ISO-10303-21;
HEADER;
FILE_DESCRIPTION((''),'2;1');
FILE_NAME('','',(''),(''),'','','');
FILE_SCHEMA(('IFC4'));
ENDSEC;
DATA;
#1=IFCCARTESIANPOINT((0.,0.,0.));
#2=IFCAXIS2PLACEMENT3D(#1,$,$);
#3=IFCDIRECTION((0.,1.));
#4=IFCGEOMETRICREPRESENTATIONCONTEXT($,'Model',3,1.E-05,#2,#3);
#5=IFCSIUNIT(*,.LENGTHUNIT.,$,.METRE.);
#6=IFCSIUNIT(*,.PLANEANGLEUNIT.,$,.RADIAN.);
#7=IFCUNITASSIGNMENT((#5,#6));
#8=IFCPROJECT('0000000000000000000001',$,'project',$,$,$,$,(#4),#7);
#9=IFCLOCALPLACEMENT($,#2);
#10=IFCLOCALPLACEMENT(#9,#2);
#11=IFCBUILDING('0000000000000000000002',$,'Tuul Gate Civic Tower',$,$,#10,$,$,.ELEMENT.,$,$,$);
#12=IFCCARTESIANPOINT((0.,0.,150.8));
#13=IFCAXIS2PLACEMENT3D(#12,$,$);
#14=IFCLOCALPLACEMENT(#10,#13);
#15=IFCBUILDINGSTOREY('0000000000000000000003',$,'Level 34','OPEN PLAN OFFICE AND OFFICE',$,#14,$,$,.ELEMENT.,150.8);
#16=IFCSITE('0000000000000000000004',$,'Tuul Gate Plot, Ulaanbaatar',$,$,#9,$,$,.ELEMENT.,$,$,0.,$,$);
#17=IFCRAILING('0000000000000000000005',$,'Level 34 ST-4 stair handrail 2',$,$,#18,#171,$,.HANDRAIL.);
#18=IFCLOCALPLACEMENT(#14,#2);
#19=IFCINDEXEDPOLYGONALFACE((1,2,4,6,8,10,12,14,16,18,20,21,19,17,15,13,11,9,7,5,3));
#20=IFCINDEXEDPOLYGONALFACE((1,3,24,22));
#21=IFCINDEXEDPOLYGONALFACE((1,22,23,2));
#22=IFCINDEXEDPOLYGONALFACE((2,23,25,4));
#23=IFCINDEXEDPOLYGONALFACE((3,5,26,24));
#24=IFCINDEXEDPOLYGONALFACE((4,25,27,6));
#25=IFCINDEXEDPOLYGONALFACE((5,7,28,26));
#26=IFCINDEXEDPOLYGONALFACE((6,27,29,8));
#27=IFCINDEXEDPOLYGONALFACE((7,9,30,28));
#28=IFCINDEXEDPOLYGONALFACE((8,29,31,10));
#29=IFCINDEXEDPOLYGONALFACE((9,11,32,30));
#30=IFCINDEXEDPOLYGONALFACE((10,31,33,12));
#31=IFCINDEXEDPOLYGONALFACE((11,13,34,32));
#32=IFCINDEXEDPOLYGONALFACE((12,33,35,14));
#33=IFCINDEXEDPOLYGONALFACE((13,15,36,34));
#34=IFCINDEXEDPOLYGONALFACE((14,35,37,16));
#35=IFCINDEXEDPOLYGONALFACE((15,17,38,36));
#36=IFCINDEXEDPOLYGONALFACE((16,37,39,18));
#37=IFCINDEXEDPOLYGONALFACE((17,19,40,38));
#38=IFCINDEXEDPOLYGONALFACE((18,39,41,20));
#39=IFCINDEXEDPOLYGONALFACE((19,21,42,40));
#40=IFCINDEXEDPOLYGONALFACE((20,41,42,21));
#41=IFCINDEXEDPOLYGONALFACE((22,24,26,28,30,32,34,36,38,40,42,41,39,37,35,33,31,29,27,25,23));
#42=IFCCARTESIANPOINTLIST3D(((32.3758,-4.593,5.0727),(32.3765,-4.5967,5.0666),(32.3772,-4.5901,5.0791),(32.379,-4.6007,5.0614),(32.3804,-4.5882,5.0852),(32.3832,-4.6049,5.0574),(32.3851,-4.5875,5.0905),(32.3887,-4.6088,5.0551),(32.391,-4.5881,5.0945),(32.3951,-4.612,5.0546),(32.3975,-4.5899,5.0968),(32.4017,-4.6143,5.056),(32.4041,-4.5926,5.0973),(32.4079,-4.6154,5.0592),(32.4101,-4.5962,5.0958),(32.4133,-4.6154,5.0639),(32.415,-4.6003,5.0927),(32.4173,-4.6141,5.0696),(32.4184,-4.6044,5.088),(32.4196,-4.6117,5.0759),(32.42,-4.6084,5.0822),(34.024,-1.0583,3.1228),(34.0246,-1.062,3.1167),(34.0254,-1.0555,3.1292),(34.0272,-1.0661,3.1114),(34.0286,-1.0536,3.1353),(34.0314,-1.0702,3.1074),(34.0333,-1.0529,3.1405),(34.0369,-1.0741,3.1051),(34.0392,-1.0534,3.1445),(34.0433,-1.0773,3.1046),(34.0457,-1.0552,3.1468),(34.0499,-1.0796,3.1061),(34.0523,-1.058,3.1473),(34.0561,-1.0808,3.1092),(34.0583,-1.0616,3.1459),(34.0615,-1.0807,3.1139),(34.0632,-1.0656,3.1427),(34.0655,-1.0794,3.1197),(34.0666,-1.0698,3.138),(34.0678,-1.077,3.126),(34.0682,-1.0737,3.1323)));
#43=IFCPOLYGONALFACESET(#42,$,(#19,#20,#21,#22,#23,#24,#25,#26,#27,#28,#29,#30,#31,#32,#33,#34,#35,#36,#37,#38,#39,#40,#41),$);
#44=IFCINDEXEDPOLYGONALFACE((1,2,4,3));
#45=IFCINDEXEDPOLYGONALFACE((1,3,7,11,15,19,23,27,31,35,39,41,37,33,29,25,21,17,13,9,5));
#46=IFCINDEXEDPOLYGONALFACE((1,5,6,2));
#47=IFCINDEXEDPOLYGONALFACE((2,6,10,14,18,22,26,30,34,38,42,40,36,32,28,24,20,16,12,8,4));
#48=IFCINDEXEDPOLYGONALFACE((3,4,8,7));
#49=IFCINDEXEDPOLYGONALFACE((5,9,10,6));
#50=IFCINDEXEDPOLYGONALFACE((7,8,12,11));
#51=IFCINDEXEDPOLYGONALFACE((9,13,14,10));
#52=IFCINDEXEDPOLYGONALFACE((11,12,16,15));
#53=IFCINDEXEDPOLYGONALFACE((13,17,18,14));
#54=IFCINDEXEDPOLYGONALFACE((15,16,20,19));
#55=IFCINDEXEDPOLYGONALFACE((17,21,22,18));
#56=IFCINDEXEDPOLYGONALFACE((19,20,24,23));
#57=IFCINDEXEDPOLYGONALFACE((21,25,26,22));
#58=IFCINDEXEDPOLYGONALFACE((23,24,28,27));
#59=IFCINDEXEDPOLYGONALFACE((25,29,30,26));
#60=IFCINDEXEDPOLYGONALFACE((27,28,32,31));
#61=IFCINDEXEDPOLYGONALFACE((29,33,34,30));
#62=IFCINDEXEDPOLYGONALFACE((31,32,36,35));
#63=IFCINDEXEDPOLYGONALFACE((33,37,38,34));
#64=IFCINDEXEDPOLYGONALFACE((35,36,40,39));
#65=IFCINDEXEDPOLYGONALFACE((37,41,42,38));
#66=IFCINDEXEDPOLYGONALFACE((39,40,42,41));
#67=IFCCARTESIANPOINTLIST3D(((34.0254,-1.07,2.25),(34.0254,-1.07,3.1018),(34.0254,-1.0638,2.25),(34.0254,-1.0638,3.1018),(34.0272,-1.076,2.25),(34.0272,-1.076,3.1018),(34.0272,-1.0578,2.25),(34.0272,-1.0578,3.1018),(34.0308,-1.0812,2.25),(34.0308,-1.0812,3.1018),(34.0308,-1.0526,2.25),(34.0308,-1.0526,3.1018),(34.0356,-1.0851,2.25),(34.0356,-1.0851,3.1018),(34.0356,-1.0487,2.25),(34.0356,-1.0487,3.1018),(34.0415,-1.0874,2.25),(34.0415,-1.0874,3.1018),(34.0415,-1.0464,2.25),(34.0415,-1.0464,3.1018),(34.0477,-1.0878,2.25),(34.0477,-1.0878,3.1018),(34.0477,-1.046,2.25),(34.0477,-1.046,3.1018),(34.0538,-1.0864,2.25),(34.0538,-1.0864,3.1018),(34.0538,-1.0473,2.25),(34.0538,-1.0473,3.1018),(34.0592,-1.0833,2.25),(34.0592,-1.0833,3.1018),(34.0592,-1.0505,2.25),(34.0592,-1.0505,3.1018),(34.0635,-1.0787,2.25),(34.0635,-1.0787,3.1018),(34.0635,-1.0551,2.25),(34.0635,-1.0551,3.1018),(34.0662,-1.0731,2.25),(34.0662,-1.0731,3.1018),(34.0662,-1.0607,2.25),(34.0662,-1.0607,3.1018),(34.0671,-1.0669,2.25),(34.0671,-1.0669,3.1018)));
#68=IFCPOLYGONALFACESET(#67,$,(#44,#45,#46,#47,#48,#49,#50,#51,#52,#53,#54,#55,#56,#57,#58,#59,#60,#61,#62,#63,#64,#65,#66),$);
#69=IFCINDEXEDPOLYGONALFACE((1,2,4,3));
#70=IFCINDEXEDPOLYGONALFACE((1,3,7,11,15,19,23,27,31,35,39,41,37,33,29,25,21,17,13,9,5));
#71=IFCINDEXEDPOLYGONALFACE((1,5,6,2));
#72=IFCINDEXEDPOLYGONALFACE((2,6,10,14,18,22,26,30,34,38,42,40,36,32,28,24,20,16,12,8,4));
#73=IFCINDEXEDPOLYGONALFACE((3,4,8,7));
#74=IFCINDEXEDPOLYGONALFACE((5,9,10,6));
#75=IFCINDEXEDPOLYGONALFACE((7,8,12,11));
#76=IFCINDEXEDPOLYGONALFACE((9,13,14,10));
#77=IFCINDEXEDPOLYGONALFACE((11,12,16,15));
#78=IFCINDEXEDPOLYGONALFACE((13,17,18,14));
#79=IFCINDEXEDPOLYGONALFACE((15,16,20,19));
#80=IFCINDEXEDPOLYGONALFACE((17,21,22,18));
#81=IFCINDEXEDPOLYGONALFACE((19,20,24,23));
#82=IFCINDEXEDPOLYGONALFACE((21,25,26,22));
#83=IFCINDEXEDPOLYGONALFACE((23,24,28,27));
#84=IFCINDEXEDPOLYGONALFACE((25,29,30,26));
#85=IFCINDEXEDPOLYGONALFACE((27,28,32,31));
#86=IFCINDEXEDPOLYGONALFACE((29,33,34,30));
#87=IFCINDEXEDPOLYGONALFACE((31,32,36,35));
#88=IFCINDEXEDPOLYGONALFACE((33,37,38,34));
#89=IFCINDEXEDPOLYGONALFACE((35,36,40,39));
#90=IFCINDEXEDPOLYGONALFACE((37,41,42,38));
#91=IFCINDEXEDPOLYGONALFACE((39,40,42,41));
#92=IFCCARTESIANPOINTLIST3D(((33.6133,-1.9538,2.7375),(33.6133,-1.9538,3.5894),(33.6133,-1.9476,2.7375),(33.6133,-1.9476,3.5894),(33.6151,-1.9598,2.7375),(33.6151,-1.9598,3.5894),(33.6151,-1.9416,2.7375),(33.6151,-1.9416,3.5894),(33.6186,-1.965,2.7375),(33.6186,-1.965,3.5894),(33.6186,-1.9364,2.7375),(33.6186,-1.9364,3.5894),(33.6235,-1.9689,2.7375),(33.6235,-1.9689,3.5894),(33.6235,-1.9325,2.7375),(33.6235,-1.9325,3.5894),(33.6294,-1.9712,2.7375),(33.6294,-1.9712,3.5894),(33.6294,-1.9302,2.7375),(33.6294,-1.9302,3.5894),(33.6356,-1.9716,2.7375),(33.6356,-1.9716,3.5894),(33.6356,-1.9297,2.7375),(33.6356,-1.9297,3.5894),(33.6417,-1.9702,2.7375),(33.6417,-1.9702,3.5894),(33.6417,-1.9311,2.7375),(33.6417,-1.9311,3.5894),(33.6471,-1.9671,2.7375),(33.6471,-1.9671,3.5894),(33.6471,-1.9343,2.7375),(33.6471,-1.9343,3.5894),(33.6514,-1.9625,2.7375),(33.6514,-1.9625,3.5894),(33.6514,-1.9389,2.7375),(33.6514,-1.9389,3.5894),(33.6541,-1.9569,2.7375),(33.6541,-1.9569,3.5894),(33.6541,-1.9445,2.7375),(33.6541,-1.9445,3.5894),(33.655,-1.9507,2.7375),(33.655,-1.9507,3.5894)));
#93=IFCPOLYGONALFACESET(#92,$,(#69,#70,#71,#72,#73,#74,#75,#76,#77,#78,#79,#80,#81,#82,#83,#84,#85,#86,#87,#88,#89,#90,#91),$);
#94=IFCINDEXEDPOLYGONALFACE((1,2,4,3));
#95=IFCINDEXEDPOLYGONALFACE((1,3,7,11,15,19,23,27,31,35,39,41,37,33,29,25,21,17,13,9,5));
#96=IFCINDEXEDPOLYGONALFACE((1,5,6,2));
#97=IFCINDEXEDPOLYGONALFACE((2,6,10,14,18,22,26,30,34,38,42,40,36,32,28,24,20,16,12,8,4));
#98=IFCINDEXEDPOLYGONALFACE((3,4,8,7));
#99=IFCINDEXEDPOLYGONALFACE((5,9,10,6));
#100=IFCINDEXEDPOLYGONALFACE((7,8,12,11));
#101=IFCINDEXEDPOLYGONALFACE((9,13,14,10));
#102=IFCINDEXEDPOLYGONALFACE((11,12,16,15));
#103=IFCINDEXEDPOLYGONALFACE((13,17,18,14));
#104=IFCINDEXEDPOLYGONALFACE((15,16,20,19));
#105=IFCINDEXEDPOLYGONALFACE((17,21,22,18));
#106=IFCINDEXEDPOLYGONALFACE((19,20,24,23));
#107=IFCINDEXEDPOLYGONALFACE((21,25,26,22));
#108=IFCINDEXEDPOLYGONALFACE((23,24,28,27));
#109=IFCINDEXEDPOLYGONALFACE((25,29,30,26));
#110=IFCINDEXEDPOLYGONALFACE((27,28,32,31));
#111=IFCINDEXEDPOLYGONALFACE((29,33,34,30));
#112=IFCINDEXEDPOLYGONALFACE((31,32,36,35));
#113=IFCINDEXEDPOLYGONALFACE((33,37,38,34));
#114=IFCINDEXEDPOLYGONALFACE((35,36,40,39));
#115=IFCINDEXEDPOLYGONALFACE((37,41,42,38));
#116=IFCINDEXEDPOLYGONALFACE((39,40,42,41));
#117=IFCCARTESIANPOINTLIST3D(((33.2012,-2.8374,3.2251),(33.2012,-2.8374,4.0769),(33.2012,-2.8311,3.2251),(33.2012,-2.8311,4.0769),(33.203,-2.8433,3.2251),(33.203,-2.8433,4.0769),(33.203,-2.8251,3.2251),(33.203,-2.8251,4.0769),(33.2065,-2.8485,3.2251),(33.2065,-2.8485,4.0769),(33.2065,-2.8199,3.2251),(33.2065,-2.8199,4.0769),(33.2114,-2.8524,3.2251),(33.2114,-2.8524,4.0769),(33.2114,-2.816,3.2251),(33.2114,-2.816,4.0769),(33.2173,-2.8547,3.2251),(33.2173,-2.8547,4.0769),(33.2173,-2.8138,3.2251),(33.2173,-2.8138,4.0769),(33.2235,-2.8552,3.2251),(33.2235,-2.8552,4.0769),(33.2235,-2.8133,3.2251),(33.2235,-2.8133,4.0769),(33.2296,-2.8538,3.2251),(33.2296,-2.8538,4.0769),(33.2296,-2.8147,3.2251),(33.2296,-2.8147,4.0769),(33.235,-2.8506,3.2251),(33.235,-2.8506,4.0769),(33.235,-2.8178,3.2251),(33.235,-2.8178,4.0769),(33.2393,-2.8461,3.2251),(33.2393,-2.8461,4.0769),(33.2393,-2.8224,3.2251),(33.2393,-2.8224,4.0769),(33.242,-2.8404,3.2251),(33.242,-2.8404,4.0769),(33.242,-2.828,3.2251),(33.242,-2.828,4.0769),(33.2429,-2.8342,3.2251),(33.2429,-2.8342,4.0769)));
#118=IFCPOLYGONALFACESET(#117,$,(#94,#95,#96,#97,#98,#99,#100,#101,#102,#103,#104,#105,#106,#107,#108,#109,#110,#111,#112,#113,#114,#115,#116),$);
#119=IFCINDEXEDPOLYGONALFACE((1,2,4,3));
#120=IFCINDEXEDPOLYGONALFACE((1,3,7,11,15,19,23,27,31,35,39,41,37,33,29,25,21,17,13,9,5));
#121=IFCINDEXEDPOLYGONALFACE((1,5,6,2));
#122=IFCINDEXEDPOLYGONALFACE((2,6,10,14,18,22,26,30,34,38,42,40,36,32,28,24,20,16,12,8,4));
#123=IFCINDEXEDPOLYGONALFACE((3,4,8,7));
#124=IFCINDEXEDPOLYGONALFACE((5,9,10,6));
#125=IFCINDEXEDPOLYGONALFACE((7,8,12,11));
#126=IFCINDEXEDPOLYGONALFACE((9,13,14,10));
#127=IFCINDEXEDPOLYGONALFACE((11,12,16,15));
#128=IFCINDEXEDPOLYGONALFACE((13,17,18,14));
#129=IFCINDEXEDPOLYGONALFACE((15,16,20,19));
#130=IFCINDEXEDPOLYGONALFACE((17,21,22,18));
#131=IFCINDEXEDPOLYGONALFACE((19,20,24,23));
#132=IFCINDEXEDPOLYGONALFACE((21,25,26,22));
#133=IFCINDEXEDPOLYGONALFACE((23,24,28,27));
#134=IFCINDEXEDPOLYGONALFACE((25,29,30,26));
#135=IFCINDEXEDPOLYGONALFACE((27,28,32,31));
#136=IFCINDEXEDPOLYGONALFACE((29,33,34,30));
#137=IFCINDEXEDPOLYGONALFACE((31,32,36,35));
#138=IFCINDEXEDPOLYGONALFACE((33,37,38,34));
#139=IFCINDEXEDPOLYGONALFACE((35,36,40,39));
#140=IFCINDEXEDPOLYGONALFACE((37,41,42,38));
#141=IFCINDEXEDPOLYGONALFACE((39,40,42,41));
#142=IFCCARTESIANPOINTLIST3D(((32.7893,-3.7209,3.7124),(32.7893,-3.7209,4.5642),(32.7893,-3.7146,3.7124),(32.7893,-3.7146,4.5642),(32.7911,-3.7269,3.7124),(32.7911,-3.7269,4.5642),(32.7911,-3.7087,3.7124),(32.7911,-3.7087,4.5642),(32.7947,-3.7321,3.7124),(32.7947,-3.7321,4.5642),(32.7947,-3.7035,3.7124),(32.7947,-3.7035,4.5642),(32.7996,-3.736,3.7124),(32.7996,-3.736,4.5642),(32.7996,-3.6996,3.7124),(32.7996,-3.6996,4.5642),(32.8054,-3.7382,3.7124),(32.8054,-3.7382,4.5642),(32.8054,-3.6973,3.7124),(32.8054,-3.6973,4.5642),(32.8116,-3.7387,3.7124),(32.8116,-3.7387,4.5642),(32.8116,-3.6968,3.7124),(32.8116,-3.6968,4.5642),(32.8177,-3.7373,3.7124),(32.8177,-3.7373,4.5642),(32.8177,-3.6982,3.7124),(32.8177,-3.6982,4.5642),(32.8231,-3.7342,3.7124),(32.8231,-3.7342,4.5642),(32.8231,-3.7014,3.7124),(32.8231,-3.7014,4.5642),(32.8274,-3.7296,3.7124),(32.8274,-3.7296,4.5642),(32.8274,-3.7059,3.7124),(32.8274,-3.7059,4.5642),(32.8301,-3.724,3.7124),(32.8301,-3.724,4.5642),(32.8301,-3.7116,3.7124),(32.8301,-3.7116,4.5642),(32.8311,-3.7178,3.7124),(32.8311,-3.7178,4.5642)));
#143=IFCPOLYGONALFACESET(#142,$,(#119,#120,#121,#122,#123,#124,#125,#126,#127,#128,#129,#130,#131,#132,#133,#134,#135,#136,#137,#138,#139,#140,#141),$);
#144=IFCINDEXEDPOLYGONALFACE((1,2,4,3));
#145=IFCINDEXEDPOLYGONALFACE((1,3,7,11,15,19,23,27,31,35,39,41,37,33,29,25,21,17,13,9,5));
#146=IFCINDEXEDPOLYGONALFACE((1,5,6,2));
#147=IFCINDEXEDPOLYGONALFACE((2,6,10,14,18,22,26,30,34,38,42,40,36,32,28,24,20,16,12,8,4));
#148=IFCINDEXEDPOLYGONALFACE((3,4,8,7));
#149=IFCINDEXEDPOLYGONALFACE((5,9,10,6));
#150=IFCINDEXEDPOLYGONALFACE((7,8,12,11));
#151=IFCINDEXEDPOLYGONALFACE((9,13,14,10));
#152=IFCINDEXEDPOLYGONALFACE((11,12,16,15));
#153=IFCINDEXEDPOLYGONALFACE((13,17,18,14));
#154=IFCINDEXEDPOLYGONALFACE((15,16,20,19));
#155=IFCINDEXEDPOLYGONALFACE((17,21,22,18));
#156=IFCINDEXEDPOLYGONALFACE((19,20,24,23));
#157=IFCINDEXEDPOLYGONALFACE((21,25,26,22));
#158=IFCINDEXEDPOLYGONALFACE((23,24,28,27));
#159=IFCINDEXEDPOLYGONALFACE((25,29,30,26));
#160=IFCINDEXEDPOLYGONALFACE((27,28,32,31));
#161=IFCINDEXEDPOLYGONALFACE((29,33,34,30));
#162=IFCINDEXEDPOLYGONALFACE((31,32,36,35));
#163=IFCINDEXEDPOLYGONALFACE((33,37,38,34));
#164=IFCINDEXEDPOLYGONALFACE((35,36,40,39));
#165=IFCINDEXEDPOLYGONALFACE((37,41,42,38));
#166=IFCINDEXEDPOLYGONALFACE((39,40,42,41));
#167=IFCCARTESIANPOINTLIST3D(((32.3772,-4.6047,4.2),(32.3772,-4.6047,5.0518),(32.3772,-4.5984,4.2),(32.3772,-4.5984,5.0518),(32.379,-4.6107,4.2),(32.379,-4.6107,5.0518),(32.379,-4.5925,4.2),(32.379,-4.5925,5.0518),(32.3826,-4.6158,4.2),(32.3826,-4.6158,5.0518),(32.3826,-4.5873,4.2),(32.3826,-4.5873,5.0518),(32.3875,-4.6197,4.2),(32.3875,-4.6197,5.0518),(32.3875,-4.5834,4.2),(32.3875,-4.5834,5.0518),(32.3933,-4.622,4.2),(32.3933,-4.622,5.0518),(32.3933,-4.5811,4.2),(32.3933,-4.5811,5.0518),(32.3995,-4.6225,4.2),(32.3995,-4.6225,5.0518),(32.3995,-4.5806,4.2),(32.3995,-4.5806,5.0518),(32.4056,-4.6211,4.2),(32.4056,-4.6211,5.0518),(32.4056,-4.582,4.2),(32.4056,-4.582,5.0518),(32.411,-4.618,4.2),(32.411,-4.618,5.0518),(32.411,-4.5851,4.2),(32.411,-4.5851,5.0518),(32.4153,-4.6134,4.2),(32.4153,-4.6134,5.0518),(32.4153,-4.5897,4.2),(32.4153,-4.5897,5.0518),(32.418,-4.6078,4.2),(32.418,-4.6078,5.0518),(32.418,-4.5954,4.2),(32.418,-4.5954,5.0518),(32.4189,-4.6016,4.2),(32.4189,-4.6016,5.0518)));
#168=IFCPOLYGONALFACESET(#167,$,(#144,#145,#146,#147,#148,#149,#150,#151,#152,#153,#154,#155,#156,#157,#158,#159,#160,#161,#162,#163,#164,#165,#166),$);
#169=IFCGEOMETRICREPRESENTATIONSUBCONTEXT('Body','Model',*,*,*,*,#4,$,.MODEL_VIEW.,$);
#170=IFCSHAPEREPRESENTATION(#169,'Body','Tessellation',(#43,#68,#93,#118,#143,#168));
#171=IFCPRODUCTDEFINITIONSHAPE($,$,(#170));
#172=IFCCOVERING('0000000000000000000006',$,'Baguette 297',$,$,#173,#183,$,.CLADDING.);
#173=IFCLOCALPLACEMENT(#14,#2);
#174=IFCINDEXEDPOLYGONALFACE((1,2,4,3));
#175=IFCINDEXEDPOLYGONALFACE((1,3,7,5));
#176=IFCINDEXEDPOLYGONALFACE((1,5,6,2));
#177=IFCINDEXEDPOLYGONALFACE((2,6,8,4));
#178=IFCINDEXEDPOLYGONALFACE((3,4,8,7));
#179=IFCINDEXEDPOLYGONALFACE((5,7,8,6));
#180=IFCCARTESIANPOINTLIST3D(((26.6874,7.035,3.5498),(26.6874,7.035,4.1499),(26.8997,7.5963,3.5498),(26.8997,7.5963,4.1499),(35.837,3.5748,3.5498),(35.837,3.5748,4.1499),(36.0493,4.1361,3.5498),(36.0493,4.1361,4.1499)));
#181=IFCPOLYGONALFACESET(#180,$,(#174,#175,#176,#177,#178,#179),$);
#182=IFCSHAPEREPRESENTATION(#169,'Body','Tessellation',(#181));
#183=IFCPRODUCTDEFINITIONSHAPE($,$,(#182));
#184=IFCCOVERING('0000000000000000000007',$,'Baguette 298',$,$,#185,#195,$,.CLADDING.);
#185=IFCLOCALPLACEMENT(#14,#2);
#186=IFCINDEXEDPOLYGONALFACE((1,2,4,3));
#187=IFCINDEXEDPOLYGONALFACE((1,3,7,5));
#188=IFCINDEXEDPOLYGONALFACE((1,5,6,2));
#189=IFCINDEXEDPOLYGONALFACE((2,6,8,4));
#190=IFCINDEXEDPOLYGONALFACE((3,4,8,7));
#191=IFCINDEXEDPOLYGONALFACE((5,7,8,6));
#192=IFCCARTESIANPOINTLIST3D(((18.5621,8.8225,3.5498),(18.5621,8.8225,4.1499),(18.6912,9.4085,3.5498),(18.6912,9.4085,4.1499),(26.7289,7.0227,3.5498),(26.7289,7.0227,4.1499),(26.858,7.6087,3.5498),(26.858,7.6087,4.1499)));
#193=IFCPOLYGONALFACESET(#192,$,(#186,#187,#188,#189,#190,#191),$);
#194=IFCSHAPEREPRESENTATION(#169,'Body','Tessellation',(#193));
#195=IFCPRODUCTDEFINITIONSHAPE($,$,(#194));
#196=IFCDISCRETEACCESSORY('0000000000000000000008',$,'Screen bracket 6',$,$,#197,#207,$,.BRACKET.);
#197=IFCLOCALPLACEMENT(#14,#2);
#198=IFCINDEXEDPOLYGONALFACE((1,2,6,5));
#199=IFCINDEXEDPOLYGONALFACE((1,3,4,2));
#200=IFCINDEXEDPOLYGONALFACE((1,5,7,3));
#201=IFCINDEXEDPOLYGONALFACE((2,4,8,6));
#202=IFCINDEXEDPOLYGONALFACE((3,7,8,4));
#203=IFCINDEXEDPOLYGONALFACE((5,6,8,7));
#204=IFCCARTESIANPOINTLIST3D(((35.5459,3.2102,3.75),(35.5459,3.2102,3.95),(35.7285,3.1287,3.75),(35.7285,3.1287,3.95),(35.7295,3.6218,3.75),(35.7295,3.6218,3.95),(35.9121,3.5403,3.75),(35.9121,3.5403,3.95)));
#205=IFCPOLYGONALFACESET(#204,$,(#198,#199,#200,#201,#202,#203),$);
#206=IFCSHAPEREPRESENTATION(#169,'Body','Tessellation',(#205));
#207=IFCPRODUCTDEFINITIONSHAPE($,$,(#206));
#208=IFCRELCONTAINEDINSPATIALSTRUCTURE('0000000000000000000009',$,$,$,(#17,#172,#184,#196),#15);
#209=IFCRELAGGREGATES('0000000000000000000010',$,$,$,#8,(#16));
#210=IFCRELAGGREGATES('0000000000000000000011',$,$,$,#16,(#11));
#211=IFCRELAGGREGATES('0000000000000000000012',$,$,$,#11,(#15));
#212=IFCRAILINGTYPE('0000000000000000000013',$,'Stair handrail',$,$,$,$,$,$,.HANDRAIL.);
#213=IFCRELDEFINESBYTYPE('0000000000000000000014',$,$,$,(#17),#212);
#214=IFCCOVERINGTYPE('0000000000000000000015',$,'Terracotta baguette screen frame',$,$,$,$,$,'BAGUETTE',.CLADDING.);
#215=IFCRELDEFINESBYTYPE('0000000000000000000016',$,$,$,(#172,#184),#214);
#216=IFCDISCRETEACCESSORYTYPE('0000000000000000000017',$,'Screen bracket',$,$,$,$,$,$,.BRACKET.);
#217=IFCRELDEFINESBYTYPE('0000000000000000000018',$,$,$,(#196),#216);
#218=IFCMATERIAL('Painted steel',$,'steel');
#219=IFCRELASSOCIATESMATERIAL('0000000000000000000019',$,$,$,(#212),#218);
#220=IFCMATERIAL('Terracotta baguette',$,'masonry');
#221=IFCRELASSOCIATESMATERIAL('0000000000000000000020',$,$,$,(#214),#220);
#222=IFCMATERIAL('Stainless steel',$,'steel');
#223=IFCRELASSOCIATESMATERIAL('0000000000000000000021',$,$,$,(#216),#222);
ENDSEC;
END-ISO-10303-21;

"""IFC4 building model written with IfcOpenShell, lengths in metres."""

from ifc_helpers import new_model, si_unit, direction, frame, origin, origin_2d, place, context, subcontext, project, spatial, rectangle, circle, extrude, material, material_profile, profile_set, type_object, element, save


model = new_model("IFC4")

# Units and contexts
model_context = context("Model", 3, precision=1e-05, world=origin(), true_north=direction((0.0, 1.0)))
body_context = subcontext(model_context, "Body", "Model", "MODEL_VIEW")
ifc_project = project(units=[si_unit("LENGTHUNIT", "METRE"), si_unit("PLANEANGLEUNIT", "RADIAN")], contexts=[model_context])

# Site, building, storey
site_placement = place(None, origin())
site = spatial("IfcSite", under=ifc_project, at=site_placement, Name="Tuul Gate Plot, Ulaanbaatar", CompositionType="ELEMENT", RefElevation=0.0)
building_placement = place(site_placement, origin())
building = spatial("IfcBuilding", under=site, at=building_placement, Name="Tuul Gate Civic Tower", CompositionType="ELEMENT")
storey_placement = place(building_placement, frame((0.0, 0.0, 150.8)))
storey = spatial("IfcBuildingStorey", under=building, at=storey_placement, Name="Level 34", Description="OPEN PLAN OFFICE AND OFFICE", CompositionType="ELEMENT", Elevation=150.8)

# Railing
ifc_material_1 = material(Name="Painted steel", Category="steel")
railing_type_1 = type_object("IfcRailingType", Name="Stair handrail", PredefinedType="HANDRAIL", material=ifc_material_1)
railing_1_placement = place(storey_placement, frame((34.0461, -1.0669, 2.25)))
element("IfcRailing", 1, at=railing_1_placement, inside=storey, type_object=railing_type_1, Name="Level 34 ST-4 stair handrail 2", PredefinedType="HANDRAIL", context=body_context, shape_type="SweptSolid", body=[
    extrude(circle(Radius=0.0239, at=origin_2d()), frame((0.0, 0.0, 0.876), z_axis=(-0.377995, -0.810637, 0.4472), x_axis=(0.906313, -0.422608, 0.0)), (0.0, 0.0, 1.0), 4.3604),
    extrude(circle(Radius=0.021, at=origin_2d()), origin(), (0.0, 0.0, 1.0), 0.8518),
    extrude(circle(Radius=0.021, at=origin_2d()), frame((-0.4121, -0.8838, 0.4875)), (0.0, 0.0, 1.0), 0.8518),
    extrude(circle(Radius=0.021, at=origin_2d()), frame((-0.8242, -1.7673, 0.9751)), (0.0, 0.0, 1.0), 0.8518),
    extrude(circle(Radius=0.021, at=origin_2d()), frame((-1.2361, -2.6509, 1.4624)), (0.0, 0.0, 1.0), 0.8518),
    extrude(circle(Radius=0.021, at=origin_2d()), frame((-1.6482, -3.5347, 1.95)), (0.0, 0.0, 1.0), 0.8518),
])

# Coverings
ifc_material_2 = material(Name="Terracotta baguette", Category="masonry")
ifc_material_profile_1 = material_profile(ifc_material_2, rectangle(XDim=0.6001, YDim=0.6001, at=origin_2d()), Name="Terracotta baguette screen frame")
ifc_profile_set_1 = profile_set([ifc_material_profile_1], Name="Terracotta baguette")
covering_type = type_object("IfcCoveringType", Name="Terracotta baguette screen frame", ElementType="BAGUETTE", PredefinedType="CLADDING", material=ifc_profile_set_1)
covering_1_placement = place(storey_placement, frame((35.9431, 3.8555, 3.8499), z_axis=(-0.935348, 0.353729, 0.0), x_axis=(-0.353729, -0.935348, 0.0)))
element("IfcCovering", 2, at=covering_1_placement, inside=storey, type_object=covering_type, Name="Baguette 297", PredefinedType="CLADDING", context=body_context, shape_type="SweptSolid", body=[
    extrude(rectangle(XDim=0.6001, YDim=0.6001, at=origin_2d()), origin(), (0.0, 0.0, 1.0), 9.782),
])
covering_2_placement = place(storey_placement, frame((26.7935, 7.3157, 3.8499), z_axis=(-0.976566, 0.215218, 0.0), x_axis=(-0.215218, -0.976566, 0.0)))
element("IfcCovering", 3, at=covering_2_placement, inside=storey, type_object=covering_type, Name="Baguette 298", PredefinedType="CLADDING", context=body_context, shape_type="SweptSolid", body=[
    extrude(rectangle(XDim=0.6001, YDim=0.6001, at=origin_2d()), origin(), (0.0, 0.0, 1.0), 8.3628),
])

# Discrete accessory
ifc_material_3 = material(Name="Stainless steel", Category="steel")
discrete_accessory_type = type_object("IfcDiscreteAccessoryType", Name="Screen bracket", PredefinedType="BRACKET", material=ifc_material_3)
discrete_accessory_placement = place(storey_placement, frame((35.729, 3.3752, 3.75), z_axis=(0.0, 0.0, 1.0), x_axis=(0.407424, 0.913239, 0.0)))
element("IfcDiscreteAccessory", 4, at=discrete_accessory_placement, inside=storey, type_object=discrete_accessory_type, Name="Screen bracket 6", PredefinedType="BRACKET", context=body_context, shape_type="SweptSolid", body=[
    extrude(rectangle(XDim=0.4507, YDim=0.2, at=origin_2d()), origin(), (0.0, 0.0, 1.0), 0.2),
])

save(model, "model.ifc")
